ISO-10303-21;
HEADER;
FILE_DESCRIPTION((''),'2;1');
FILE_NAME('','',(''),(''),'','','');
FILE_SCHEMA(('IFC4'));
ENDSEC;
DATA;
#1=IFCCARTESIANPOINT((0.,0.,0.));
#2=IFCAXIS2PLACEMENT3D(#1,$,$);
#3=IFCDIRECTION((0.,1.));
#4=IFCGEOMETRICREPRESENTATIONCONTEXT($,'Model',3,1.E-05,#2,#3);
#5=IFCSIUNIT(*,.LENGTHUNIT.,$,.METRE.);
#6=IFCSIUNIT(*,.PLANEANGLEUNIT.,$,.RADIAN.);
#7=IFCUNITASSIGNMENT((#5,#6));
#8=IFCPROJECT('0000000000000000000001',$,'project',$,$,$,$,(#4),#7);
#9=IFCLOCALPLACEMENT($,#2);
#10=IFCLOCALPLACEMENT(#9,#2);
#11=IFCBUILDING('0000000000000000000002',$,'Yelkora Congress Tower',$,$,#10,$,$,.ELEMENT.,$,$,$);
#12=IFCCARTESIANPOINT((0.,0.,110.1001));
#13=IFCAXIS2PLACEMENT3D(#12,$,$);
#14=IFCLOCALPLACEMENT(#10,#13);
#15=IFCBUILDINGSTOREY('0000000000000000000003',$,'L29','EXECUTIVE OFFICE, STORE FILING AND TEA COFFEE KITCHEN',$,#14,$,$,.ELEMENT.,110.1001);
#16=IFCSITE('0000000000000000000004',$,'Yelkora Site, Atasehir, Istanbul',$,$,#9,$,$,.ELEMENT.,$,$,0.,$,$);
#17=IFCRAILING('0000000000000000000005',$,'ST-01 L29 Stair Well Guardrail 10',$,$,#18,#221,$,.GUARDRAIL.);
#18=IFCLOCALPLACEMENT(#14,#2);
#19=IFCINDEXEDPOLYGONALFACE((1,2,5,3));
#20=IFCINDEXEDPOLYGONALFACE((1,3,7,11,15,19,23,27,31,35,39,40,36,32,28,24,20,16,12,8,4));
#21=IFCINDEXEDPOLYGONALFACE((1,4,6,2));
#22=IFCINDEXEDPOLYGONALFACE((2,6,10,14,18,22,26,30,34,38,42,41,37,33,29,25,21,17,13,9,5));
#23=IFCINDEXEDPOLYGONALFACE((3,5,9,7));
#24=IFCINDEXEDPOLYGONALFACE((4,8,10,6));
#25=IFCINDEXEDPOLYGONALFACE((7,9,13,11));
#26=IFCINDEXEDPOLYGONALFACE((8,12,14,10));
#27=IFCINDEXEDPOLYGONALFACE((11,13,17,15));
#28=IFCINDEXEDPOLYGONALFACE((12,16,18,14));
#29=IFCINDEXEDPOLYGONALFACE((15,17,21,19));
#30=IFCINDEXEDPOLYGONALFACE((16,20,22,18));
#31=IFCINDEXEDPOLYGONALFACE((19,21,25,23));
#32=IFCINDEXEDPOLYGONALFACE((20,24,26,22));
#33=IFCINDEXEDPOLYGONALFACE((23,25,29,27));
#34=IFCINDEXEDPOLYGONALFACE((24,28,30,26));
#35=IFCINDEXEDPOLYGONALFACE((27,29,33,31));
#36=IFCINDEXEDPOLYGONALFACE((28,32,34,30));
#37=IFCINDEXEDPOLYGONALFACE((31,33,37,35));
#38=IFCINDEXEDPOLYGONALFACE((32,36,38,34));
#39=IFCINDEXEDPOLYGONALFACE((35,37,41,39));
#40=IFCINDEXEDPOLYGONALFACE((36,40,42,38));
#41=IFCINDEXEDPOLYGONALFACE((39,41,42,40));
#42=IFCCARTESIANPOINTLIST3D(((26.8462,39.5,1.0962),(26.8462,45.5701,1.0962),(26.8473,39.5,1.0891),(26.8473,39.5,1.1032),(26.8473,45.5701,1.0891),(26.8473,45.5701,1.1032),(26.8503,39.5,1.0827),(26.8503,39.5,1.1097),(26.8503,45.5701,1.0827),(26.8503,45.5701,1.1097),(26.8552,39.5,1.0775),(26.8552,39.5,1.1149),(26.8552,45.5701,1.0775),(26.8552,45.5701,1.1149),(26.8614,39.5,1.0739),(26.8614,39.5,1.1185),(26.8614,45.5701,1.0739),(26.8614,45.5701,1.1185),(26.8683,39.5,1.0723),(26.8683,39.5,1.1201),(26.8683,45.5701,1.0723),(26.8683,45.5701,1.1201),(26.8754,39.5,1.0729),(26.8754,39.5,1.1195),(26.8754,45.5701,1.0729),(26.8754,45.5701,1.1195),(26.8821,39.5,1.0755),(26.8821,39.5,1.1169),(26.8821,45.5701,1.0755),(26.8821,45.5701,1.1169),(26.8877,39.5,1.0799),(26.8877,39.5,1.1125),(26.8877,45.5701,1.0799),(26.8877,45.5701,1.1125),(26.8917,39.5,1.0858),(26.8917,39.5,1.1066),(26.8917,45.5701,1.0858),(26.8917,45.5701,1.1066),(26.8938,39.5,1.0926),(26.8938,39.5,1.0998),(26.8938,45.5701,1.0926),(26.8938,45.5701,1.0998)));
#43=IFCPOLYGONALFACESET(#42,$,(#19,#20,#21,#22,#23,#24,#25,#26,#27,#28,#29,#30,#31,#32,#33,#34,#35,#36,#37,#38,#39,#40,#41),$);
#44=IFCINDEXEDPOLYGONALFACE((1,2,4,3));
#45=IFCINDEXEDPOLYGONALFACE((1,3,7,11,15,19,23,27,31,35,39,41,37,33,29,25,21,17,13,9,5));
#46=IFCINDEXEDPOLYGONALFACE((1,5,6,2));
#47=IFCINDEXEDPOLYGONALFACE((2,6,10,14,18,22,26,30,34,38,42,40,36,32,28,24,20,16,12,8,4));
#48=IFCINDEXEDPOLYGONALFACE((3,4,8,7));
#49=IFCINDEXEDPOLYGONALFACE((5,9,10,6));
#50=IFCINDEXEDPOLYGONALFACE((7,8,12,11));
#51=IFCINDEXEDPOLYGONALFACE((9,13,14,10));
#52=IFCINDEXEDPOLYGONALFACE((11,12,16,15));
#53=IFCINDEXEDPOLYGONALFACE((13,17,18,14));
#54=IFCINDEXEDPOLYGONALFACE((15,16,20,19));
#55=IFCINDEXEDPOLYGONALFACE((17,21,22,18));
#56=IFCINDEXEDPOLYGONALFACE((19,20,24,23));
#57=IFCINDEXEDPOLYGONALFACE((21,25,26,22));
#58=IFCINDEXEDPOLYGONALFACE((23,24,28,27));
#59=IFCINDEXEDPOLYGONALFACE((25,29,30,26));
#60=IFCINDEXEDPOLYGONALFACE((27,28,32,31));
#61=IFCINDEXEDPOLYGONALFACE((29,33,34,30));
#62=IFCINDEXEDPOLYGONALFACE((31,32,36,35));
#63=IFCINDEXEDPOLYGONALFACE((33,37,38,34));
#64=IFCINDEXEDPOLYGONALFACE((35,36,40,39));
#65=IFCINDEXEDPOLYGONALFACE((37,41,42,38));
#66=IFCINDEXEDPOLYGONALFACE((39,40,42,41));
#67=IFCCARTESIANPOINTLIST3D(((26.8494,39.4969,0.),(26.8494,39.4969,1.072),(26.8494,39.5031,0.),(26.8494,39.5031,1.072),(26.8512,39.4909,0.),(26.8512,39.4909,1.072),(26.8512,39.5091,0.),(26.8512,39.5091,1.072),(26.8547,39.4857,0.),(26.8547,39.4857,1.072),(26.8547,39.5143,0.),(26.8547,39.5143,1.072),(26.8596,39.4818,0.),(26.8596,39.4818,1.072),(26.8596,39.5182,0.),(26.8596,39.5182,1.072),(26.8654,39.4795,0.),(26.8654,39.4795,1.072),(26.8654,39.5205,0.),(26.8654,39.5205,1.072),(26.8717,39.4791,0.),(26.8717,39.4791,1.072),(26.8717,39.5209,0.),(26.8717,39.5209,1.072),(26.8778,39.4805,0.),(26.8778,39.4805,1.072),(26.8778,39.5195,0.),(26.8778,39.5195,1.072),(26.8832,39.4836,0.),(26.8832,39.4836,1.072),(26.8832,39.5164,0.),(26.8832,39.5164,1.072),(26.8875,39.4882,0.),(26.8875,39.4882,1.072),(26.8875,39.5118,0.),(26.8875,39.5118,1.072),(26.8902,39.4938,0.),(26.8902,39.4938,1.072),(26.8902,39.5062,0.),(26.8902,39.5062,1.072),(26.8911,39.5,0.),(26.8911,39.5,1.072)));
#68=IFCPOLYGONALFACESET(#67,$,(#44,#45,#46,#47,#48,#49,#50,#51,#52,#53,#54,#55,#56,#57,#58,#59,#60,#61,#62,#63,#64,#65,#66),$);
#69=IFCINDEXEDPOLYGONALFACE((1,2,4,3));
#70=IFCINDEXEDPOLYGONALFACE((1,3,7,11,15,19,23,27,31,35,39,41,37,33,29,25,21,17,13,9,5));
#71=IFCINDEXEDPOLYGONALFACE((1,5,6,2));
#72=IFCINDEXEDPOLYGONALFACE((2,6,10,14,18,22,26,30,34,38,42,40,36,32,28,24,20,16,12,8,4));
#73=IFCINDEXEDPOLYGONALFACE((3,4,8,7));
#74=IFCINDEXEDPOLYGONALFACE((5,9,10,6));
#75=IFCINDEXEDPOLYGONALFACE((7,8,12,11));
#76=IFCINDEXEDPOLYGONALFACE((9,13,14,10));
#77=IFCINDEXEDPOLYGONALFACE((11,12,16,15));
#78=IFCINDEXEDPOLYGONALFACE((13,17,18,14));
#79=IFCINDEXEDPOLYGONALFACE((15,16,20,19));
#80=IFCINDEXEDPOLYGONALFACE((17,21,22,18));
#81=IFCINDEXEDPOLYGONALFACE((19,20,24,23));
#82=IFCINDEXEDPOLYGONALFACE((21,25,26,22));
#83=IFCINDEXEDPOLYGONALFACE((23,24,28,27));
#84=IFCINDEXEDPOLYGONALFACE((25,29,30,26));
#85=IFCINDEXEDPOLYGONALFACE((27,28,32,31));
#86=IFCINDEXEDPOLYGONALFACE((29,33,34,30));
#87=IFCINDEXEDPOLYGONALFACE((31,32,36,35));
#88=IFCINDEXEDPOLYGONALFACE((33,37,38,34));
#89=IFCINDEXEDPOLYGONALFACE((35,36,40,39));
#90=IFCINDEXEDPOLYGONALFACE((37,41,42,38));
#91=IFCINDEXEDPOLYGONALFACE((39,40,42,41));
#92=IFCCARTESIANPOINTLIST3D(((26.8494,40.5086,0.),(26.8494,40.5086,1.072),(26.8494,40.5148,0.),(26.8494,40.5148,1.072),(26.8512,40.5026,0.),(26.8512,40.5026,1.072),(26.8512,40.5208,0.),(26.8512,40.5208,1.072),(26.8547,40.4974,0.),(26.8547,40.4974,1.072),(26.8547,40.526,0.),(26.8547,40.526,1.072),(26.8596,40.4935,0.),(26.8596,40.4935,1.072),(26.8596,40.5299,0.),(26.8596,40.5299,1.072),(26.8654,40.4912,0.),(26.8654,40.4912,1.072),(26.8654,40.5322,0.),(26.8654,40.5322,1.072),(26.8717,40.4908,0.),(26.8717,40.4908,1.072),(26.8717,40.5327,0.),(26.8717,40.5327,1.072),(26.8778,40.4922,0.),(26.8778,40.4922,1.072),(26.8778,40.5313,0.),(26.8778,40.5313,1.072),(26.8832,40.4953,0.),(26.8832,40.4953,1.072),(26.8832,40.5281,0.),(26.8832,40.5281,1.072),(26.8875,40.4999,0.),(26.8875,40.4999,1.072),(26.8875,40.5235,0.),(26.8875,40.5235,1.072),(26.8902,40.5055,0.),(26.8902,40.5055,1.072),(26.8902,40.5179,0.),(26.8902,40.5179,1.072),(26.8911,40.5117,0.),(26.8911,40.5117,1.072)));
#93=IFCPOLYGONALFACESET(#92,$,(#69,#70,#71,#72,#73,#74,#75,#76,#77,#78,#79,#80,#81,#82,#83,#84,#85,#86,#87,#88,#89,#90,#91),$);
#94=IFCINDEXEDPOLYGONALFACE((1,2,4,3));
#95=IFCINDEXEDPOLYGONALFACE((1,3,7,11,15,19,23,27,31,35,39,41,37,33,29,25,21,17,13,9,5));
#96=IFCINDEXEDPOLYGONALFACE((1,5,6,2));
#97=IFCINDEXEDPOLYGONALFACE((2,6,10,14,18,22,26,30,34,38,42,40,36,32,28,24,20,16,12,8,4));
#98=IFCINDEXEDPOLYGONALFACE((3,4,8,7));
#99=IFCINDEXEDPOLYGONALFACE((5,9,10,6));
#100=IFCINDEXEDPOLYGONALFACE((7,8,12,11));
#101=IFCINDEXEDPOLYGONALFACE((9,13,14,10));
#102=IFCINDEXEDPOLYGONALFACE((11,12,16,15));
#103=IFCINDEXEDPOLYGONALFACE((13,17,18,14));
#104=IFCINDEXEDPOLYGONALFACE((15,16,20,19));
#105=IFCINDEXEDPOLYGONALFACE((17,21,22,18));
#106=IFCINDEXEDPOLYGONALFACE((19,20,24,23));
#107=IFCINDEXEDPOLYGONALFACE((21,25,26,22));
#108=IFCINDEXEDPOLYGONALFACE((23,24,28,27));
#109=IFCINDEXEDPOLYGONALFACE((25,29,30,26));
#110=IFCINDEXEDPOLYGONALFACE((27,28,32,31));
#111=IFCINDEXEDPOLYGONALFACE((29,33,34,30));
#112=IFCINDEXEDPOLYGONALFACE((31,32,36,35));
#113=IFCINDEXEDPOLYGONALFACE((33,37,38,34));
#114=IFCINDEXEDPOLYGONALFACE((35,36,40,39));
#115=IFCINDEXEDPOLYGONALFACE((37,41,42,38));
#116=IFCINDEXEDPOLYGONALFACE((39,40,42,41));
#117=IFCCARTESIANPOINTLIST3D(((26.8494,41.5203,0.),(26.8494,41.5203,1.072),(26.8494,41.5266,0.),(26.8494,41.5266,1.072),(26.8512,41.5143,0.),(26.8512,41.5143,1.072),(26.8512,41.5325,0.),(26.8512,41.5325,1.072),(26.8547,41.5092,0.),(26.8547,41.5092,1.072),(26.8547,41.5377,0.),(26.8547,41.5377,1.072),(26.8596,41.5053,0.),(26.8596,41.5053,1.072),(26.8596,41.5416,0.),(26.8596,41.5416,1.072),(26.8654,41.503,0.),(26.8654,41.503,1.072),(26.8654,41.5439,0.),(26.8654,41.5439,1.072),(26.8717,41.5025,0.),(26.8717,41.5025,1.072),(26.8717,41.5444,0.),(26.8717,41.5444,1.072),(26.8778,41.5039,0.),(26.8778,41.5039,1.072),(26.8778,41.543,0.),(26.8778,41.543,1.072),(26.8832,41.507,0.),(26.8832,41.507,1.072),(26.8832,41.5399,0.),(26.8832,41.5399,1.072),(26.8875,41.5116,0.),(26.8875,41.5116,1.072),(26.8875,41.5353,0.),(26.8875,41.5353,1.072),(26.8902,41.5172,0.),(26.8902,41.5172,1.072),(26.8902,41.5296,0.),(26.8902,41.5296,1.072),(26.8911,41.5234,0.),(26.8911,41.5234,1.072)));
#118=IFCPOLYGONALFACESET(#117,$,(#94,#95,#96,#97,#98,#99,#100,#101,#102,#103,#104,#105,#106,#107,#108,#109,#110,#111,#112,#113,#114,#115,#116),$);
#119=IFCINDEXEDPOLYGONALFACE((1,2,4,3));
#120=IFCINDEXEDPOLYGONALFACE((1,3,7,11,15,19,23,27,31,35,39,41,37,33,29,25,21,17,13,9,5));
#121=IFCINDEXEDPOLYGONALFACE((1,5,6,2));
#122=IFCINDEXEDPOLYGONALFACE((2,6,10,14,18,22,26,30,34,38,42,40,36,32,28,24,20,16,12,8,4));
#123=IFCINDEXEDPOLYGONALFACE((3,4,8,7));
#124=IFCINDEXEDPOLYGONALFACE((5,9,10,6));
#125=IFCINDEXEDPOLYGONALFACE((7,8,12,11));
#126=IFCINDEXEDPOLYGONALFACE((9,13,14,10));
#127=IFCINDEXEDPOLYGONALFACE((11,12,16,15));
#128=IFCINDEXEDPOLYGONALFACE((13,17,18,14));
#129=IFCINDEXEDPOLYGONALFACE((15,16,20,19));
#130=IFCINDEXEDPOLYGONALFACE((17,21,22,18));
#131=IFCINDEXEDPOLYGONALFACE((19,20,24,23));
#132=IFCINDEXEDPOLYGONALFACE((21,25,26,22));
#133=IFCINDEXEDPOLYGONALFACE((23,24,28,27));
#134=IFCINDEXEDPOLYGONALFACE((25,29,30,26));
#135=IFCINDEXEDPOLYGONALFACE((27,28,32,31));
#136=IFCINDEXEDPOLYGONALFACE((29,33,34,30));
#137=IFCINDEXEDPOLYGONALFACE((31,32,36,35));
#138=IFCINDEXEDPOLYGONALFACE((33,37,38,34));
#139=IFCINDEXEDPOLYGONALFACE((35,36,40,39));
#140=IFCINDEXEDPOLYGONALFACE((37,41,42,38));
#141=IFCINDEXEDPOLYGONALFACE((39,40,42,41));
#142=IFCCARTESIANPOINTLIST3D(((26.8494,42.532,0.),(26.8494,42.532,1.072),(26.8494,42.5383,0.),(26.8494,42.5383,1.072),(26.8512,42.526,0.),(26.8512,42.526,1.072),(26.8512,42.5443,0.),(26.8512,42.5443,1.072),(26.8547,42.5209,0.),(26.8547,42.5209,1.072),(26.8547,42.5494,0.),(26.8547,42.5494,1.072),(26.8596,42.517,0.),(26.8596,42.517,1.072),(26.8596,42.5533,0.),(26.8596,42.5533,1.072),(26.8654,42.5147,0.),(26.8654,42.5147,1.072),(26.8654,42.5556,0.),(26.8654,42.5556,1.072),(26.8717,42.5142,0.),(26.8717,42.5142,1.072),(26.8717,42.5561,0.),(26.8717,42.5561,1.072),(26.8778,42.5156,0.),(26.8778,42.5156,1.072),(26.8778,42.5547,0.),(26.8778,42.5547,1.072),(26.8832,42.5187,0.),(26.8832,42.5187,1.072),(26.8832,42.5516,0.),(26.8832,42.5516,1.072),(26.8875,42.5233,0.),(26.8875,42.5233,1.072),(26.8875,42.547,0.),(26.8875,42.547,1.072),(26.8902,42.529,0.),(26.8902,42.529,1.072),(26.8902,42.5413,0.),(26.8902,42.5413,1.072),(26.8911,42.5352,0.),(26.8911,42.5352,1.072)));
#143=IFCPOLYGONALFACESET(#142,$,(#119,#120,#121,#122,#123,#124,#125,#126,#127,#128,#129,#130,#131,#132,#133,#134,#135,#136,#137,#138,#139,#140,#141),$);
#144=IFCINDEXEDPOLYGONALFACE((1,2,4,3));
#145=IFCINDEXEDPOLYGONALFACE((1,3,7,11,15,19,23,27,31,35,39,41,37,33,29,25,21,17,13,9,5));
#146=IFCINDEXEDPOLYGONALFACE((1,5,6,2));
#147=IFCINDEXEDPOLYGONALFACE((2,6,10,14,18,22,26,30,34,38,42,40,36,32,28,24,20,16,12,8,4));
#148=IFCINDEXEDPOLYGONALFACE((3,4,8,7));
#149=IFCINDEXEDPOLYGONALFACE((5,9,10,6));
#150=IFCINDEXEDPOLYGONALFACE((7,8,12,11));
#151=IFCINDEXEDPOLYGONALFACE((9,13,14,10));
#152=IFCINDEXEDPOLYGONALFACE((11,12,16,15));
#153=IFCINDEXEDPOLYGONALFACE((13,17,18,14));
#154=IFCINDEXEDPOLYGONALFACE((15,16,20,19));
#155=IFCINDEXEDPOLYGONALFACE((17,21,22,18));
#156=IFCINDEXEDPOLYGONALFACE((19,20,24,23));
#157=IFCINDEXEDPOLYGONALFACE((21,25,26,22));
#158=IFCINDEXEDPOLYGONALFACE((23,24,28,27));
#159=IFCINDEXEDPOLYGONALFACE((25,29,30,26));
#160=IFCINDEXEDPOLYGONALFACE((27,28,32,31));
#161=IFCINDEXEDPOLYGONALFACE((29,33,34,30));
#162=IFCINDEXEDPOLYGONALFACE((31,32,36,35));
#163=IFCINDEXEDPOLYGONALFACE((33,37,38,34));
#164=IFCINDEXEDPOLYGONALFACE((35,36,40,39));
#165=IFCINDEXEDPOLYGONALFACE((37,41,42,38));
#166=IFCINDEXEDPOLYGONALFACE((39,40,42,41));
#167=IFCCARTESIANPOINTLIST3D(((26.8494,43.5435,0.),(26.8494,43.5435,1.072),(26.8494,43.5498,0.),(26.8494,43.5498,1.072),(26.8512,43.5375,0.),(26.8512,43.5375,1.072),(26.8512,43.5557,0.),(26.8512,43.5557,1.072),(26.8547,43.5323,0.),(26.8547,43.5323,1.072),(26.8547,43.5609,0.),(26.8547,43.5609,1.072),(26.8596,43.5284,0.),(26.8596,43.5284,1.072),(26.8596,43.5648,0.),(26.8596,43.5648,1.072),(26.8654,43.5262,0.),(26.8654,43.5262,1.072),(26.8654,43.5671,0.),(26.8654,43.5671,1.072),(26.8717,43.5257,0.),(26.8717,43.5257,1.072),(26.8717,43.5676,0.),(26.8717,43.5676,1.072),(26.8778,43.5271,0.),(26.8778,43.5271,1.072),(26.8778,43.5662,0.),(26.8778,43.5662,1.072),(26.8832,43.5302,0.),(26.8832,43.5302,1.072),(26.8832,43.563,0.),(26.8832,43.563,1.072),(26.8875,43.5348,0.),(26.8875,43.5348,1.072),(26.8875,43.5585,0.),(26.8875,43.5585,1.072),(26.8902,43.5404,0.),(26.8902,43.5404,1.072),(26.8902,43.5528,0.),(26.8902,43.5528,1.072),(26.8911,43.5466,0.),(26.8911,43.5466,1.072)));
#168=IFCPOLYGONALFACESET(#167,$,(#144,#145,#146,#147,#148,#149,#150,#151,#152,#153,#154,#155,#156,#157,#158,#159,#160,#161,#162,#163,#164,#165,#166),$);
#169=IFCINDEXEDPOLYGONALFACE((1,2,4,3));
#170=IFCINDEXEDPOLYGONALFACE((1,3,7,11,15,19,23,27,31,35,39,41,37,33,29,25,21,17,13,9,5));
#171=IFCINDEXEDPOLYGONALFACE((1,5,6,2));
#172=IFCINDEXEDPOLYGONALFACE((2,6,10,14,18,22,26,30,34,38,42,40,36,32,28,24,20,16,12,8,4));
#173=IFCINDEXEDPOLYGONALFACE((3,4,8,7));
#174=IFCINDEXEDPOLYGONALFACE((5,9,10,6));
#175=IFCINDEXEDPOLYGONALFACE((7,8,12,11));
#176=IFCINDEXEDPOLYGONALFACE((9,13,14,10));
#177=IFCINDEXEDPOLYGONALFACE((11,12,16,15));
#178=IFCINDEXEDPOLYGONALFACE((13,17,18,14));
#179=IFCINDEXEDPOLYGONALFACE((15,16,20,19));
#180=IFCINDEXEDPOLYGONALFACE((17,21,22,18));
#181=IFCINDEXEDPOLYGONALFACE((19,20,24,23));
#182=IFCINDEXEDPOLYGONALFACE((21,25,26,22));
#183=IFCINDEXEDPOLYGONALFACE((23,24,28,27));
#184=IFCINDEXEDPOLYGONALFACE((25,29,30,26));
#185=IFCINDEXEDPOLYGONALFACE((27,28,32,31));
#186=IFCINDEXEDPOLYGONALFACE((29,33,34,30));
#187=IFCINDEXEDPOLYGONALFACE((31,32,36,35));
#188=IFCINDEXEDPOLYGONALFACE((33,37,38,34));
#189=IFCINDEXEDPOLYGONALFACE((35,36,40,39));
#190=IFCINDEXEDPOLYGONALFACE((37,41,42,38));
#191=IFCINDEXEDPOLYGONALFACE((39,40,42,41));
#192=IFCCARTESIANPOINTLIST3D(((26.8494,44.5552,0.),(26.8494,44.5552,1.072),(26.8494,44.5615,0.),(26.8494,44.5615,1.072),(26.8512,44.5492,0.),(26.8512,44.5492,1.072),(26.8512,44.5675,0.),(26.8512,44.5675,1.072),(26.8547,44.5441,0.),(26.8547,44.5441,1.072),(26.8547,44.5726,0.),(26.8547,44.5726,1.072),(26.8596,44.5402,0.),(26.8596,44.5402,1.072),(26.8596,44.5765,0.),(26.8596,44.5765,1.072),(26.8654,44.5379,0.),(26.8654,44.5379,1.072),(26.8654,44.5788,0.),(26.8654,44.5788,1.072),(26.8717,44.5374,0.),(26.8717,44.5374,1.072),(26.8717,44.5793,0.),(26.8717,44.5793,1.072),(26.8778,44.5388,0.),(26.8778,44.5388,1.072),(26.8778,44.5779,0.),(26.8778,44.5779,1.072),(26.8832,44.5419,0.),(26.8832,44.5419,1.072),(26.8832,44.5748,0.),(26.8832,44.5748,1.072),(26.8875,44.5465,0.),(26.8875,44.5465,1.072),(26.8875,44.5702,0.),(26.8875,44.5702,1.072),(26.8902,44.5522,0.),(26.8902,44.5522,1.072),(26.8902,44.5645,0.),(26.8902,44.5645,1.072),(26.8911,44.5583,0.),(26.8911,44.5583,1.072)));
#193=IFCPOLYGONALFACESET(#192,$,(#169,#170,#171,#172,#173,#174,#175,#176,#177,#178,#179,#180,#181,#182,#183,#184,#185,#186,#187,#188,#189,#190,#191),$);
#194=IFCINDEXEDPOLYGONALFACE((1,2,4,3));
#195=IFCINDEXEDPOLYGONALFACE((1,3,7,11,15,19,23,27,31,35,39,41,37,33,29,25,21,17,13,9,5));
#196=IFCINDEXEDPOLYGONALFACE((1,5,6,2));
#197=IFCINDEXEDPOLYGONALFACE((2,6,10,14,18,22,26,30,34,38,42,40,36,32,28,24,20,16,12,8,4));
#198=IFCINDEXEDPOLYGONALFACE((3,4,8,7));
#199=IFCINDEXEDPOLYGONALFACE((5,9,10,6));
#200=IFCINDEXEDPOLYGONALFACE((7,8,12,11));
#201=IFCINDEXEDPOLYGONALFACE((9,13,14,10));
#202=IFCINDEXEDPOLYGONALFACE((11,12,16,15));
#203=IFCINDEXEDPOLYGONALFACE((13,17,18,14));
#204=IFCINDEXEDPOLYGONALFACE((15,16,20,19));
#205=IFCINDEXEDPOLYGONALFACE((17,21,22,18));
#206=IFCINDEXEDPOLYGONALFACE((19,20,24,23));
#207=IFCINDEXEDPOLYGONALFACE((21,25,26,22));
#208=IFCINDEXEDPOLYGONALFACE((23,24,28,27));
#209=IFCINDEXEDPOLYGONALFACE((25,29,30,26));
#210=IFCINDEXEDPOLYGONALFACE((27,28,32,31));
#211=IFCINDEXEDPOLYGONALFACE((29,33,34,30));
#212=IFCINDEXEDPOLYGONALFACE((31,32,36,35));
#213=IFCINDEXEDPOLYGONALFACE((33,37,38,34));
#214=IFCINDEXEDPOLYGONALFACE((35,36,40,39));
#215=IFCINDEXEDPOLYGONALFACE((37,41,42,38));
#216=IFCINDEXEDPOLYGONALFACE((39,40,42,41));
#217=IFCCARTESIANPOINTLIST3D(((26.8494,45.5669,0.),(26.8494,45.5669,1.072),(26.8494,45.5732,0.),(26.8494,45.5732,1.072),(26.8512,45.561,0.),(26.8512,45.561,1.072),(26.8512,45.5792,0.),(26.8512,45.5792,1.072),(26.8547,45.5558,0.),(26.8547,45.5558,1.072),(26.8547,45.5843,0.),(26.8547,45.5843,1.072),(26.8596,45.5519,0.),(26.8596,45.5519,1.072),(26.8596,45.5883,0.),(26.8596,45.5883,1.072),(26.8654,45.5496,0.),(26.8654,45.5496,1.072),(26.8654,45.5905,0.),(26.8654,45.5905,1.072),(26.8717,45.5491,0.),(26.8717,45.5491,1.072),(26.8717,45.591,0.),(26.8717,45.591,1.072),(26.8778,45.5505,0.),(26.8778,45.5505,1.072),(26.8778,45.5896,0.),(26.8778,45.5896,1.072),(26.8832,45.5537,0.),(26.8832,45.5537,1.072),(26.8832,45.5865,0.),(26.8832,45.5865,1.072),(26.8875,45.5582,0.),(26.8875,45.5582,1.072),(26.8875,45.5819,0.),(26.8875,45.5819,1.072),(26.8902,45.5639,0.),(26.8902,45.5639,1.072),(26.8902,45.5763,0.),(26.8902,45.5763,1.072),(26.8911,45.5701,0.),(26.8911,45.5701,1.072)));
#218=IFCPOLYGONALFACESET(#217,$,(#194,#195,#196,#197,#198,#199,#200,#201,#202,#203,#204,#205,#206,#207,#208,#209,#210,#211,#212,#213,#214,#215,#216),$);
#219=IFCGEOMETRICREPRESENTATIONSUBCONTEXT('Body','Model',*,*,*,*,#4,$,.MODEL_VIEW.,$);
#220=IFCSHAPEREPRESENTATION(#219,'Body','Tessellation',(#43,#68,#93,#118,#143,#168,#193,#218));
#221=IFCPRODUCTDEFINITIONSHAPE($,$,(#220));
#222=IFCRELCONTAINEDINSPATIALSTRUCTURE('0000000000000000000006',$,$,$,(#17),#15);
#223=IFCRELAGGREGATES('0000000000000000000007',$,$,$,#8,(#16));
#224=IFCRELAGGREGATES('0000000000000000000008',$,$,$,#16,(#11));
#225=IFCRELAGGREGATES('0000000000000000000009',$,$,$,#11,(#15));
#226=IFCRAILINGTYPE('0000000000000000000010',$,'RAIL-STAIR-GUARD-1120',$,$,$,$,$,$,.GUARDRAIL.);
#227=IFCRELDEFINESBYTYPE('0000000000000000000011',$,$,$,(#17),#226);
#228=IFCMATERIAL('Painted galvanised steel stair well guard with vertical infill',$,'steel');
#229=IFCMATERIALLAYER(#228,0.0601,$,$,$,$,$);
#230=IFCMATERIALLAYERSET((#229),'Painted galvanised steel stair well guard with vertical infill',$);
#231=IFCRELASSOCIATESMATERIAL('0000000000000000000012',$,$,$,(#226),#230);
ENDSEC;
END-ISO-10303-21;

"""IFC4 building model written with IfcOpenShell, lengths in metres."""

from ifc_helpers import new_model, si_unit, direction, frame, origin, origin_2d, place, context, subcontext, project, spatial, circle, extrude, material, layer, layer_set, type_object, element, save


model = new_model("IFC4")

# Units and contexts
model_context = context("Model", 3, precision=1e-05, world=origin(), true_north=direction((0.0, 1.0)))
body_context = subcontext(model_context, "Body", "Model", "MODEL_VIEW")
ifc_project = project(units=[si_unit("LENGTHUNIT", "METRE"), si_unit("PLANEANGLEUNIT", "RADIAN")], contexts=[model_context])

# Site, building, storey
site_placement = place(None, origin())
site = spatial("IfcSite", under=ifc_project, at=site_placement, Name="Yelkora Site, Atasehir, Istanbul", CompositionType="ELEMENT", RefElevation=0.0)
building_placement = place(site_placement, origin())
building = spatial("IfcBuilding", under=site, at=building_placement, Name="Yelkora Congress Tower", CompositionType="ELEMENT")
storey_placement = place(building_placement, frame((0.0, 0.0, 110.1001)))
storey = spatial("IfcBuildingStorey", under=building, at=storey_placement, Name="L29", Description="EXECUTIVE OFFICE, STORE FILING AND TEA COFFEE KITCHEN", CompositionType="ELEMENT", Elevation=110.1001)

# Railing
ifc_material_1 = material(Name="Painted galvanised steel stair well guard with vertical infill", Category="steel")
ifc_layer_1 = layer(ifc_material_1, 0.0601)
ifc_layer_set_1 = layer_set([ifc_layer_1], Name="Painted galvanised steel stair well guard with vertical infill")
railing_type_1 = type_object("IfcRailingType", Name="RAIL-STAIR-GUARD-1120", PredefinedType="GUARDRAIL", material=ifc_layer_set_1)
railing_1_placement = place(storey_placement, frame((26.8701, 39.5, 0.0)))
element("IfcRailing", 1, at=railing_1_placement, inside=storey, type_object=railing_type_1, Name="ST-01 L29 Stair Well Guardrail 10", PredefinedType="GUARDRAIL", context=body_context, shape_type="SweptSolid", body=[
    extrude(circle(Radius=0.0239, at=origin_2d()), frame((0.0, 0.0, 1.0962), z_axis=(0.0, 1.0, 0.0), x_axis=(-1.0, 0.0, 0.0)), (0.0, 0.0, 1.0), 6.0701),
    extrude(circle(Radius=0.021, at=origin_2d()), origin(), (0.0, 0.0, 1.0), 1.072),
    extrude(circle(Radius=0.021, at=origin_2d()), frame((0.0, 1.0117, 0.0)), (0.0, 0.0, 1.0), 1.072),
    extrude(circle(Radius=0.021, at=origin_2d()), frame((0.0, 2.0234, 0.0)), (0.0, 0.0, 1.0), 1.072),
    extrude(circle(Radius=0.021, at=origin_2d()), frame((0.0, 3.0352, 0.0)), (0.0, 0.0, 1.0), 1.072),
    extrude(circle(Radius=0.021, at=origin_2d()), frame((0.0, 4.0466, 0.0)), (0.0, 0.0, 1.0), 1.072),
    extrude(circle(Radius=0.021, at=origin_2d()), frame((0.0, 5.0583, 0.0)), (0.0, 0.0, 1.0), 1.072),
    extrude(circle(Radius=0.021, at=origin_2d()), frame((0.0, 6.0701, 0.0)), (0.0, 0.0, 1.0), 1.072),
])

save(model, "model.ifc")
